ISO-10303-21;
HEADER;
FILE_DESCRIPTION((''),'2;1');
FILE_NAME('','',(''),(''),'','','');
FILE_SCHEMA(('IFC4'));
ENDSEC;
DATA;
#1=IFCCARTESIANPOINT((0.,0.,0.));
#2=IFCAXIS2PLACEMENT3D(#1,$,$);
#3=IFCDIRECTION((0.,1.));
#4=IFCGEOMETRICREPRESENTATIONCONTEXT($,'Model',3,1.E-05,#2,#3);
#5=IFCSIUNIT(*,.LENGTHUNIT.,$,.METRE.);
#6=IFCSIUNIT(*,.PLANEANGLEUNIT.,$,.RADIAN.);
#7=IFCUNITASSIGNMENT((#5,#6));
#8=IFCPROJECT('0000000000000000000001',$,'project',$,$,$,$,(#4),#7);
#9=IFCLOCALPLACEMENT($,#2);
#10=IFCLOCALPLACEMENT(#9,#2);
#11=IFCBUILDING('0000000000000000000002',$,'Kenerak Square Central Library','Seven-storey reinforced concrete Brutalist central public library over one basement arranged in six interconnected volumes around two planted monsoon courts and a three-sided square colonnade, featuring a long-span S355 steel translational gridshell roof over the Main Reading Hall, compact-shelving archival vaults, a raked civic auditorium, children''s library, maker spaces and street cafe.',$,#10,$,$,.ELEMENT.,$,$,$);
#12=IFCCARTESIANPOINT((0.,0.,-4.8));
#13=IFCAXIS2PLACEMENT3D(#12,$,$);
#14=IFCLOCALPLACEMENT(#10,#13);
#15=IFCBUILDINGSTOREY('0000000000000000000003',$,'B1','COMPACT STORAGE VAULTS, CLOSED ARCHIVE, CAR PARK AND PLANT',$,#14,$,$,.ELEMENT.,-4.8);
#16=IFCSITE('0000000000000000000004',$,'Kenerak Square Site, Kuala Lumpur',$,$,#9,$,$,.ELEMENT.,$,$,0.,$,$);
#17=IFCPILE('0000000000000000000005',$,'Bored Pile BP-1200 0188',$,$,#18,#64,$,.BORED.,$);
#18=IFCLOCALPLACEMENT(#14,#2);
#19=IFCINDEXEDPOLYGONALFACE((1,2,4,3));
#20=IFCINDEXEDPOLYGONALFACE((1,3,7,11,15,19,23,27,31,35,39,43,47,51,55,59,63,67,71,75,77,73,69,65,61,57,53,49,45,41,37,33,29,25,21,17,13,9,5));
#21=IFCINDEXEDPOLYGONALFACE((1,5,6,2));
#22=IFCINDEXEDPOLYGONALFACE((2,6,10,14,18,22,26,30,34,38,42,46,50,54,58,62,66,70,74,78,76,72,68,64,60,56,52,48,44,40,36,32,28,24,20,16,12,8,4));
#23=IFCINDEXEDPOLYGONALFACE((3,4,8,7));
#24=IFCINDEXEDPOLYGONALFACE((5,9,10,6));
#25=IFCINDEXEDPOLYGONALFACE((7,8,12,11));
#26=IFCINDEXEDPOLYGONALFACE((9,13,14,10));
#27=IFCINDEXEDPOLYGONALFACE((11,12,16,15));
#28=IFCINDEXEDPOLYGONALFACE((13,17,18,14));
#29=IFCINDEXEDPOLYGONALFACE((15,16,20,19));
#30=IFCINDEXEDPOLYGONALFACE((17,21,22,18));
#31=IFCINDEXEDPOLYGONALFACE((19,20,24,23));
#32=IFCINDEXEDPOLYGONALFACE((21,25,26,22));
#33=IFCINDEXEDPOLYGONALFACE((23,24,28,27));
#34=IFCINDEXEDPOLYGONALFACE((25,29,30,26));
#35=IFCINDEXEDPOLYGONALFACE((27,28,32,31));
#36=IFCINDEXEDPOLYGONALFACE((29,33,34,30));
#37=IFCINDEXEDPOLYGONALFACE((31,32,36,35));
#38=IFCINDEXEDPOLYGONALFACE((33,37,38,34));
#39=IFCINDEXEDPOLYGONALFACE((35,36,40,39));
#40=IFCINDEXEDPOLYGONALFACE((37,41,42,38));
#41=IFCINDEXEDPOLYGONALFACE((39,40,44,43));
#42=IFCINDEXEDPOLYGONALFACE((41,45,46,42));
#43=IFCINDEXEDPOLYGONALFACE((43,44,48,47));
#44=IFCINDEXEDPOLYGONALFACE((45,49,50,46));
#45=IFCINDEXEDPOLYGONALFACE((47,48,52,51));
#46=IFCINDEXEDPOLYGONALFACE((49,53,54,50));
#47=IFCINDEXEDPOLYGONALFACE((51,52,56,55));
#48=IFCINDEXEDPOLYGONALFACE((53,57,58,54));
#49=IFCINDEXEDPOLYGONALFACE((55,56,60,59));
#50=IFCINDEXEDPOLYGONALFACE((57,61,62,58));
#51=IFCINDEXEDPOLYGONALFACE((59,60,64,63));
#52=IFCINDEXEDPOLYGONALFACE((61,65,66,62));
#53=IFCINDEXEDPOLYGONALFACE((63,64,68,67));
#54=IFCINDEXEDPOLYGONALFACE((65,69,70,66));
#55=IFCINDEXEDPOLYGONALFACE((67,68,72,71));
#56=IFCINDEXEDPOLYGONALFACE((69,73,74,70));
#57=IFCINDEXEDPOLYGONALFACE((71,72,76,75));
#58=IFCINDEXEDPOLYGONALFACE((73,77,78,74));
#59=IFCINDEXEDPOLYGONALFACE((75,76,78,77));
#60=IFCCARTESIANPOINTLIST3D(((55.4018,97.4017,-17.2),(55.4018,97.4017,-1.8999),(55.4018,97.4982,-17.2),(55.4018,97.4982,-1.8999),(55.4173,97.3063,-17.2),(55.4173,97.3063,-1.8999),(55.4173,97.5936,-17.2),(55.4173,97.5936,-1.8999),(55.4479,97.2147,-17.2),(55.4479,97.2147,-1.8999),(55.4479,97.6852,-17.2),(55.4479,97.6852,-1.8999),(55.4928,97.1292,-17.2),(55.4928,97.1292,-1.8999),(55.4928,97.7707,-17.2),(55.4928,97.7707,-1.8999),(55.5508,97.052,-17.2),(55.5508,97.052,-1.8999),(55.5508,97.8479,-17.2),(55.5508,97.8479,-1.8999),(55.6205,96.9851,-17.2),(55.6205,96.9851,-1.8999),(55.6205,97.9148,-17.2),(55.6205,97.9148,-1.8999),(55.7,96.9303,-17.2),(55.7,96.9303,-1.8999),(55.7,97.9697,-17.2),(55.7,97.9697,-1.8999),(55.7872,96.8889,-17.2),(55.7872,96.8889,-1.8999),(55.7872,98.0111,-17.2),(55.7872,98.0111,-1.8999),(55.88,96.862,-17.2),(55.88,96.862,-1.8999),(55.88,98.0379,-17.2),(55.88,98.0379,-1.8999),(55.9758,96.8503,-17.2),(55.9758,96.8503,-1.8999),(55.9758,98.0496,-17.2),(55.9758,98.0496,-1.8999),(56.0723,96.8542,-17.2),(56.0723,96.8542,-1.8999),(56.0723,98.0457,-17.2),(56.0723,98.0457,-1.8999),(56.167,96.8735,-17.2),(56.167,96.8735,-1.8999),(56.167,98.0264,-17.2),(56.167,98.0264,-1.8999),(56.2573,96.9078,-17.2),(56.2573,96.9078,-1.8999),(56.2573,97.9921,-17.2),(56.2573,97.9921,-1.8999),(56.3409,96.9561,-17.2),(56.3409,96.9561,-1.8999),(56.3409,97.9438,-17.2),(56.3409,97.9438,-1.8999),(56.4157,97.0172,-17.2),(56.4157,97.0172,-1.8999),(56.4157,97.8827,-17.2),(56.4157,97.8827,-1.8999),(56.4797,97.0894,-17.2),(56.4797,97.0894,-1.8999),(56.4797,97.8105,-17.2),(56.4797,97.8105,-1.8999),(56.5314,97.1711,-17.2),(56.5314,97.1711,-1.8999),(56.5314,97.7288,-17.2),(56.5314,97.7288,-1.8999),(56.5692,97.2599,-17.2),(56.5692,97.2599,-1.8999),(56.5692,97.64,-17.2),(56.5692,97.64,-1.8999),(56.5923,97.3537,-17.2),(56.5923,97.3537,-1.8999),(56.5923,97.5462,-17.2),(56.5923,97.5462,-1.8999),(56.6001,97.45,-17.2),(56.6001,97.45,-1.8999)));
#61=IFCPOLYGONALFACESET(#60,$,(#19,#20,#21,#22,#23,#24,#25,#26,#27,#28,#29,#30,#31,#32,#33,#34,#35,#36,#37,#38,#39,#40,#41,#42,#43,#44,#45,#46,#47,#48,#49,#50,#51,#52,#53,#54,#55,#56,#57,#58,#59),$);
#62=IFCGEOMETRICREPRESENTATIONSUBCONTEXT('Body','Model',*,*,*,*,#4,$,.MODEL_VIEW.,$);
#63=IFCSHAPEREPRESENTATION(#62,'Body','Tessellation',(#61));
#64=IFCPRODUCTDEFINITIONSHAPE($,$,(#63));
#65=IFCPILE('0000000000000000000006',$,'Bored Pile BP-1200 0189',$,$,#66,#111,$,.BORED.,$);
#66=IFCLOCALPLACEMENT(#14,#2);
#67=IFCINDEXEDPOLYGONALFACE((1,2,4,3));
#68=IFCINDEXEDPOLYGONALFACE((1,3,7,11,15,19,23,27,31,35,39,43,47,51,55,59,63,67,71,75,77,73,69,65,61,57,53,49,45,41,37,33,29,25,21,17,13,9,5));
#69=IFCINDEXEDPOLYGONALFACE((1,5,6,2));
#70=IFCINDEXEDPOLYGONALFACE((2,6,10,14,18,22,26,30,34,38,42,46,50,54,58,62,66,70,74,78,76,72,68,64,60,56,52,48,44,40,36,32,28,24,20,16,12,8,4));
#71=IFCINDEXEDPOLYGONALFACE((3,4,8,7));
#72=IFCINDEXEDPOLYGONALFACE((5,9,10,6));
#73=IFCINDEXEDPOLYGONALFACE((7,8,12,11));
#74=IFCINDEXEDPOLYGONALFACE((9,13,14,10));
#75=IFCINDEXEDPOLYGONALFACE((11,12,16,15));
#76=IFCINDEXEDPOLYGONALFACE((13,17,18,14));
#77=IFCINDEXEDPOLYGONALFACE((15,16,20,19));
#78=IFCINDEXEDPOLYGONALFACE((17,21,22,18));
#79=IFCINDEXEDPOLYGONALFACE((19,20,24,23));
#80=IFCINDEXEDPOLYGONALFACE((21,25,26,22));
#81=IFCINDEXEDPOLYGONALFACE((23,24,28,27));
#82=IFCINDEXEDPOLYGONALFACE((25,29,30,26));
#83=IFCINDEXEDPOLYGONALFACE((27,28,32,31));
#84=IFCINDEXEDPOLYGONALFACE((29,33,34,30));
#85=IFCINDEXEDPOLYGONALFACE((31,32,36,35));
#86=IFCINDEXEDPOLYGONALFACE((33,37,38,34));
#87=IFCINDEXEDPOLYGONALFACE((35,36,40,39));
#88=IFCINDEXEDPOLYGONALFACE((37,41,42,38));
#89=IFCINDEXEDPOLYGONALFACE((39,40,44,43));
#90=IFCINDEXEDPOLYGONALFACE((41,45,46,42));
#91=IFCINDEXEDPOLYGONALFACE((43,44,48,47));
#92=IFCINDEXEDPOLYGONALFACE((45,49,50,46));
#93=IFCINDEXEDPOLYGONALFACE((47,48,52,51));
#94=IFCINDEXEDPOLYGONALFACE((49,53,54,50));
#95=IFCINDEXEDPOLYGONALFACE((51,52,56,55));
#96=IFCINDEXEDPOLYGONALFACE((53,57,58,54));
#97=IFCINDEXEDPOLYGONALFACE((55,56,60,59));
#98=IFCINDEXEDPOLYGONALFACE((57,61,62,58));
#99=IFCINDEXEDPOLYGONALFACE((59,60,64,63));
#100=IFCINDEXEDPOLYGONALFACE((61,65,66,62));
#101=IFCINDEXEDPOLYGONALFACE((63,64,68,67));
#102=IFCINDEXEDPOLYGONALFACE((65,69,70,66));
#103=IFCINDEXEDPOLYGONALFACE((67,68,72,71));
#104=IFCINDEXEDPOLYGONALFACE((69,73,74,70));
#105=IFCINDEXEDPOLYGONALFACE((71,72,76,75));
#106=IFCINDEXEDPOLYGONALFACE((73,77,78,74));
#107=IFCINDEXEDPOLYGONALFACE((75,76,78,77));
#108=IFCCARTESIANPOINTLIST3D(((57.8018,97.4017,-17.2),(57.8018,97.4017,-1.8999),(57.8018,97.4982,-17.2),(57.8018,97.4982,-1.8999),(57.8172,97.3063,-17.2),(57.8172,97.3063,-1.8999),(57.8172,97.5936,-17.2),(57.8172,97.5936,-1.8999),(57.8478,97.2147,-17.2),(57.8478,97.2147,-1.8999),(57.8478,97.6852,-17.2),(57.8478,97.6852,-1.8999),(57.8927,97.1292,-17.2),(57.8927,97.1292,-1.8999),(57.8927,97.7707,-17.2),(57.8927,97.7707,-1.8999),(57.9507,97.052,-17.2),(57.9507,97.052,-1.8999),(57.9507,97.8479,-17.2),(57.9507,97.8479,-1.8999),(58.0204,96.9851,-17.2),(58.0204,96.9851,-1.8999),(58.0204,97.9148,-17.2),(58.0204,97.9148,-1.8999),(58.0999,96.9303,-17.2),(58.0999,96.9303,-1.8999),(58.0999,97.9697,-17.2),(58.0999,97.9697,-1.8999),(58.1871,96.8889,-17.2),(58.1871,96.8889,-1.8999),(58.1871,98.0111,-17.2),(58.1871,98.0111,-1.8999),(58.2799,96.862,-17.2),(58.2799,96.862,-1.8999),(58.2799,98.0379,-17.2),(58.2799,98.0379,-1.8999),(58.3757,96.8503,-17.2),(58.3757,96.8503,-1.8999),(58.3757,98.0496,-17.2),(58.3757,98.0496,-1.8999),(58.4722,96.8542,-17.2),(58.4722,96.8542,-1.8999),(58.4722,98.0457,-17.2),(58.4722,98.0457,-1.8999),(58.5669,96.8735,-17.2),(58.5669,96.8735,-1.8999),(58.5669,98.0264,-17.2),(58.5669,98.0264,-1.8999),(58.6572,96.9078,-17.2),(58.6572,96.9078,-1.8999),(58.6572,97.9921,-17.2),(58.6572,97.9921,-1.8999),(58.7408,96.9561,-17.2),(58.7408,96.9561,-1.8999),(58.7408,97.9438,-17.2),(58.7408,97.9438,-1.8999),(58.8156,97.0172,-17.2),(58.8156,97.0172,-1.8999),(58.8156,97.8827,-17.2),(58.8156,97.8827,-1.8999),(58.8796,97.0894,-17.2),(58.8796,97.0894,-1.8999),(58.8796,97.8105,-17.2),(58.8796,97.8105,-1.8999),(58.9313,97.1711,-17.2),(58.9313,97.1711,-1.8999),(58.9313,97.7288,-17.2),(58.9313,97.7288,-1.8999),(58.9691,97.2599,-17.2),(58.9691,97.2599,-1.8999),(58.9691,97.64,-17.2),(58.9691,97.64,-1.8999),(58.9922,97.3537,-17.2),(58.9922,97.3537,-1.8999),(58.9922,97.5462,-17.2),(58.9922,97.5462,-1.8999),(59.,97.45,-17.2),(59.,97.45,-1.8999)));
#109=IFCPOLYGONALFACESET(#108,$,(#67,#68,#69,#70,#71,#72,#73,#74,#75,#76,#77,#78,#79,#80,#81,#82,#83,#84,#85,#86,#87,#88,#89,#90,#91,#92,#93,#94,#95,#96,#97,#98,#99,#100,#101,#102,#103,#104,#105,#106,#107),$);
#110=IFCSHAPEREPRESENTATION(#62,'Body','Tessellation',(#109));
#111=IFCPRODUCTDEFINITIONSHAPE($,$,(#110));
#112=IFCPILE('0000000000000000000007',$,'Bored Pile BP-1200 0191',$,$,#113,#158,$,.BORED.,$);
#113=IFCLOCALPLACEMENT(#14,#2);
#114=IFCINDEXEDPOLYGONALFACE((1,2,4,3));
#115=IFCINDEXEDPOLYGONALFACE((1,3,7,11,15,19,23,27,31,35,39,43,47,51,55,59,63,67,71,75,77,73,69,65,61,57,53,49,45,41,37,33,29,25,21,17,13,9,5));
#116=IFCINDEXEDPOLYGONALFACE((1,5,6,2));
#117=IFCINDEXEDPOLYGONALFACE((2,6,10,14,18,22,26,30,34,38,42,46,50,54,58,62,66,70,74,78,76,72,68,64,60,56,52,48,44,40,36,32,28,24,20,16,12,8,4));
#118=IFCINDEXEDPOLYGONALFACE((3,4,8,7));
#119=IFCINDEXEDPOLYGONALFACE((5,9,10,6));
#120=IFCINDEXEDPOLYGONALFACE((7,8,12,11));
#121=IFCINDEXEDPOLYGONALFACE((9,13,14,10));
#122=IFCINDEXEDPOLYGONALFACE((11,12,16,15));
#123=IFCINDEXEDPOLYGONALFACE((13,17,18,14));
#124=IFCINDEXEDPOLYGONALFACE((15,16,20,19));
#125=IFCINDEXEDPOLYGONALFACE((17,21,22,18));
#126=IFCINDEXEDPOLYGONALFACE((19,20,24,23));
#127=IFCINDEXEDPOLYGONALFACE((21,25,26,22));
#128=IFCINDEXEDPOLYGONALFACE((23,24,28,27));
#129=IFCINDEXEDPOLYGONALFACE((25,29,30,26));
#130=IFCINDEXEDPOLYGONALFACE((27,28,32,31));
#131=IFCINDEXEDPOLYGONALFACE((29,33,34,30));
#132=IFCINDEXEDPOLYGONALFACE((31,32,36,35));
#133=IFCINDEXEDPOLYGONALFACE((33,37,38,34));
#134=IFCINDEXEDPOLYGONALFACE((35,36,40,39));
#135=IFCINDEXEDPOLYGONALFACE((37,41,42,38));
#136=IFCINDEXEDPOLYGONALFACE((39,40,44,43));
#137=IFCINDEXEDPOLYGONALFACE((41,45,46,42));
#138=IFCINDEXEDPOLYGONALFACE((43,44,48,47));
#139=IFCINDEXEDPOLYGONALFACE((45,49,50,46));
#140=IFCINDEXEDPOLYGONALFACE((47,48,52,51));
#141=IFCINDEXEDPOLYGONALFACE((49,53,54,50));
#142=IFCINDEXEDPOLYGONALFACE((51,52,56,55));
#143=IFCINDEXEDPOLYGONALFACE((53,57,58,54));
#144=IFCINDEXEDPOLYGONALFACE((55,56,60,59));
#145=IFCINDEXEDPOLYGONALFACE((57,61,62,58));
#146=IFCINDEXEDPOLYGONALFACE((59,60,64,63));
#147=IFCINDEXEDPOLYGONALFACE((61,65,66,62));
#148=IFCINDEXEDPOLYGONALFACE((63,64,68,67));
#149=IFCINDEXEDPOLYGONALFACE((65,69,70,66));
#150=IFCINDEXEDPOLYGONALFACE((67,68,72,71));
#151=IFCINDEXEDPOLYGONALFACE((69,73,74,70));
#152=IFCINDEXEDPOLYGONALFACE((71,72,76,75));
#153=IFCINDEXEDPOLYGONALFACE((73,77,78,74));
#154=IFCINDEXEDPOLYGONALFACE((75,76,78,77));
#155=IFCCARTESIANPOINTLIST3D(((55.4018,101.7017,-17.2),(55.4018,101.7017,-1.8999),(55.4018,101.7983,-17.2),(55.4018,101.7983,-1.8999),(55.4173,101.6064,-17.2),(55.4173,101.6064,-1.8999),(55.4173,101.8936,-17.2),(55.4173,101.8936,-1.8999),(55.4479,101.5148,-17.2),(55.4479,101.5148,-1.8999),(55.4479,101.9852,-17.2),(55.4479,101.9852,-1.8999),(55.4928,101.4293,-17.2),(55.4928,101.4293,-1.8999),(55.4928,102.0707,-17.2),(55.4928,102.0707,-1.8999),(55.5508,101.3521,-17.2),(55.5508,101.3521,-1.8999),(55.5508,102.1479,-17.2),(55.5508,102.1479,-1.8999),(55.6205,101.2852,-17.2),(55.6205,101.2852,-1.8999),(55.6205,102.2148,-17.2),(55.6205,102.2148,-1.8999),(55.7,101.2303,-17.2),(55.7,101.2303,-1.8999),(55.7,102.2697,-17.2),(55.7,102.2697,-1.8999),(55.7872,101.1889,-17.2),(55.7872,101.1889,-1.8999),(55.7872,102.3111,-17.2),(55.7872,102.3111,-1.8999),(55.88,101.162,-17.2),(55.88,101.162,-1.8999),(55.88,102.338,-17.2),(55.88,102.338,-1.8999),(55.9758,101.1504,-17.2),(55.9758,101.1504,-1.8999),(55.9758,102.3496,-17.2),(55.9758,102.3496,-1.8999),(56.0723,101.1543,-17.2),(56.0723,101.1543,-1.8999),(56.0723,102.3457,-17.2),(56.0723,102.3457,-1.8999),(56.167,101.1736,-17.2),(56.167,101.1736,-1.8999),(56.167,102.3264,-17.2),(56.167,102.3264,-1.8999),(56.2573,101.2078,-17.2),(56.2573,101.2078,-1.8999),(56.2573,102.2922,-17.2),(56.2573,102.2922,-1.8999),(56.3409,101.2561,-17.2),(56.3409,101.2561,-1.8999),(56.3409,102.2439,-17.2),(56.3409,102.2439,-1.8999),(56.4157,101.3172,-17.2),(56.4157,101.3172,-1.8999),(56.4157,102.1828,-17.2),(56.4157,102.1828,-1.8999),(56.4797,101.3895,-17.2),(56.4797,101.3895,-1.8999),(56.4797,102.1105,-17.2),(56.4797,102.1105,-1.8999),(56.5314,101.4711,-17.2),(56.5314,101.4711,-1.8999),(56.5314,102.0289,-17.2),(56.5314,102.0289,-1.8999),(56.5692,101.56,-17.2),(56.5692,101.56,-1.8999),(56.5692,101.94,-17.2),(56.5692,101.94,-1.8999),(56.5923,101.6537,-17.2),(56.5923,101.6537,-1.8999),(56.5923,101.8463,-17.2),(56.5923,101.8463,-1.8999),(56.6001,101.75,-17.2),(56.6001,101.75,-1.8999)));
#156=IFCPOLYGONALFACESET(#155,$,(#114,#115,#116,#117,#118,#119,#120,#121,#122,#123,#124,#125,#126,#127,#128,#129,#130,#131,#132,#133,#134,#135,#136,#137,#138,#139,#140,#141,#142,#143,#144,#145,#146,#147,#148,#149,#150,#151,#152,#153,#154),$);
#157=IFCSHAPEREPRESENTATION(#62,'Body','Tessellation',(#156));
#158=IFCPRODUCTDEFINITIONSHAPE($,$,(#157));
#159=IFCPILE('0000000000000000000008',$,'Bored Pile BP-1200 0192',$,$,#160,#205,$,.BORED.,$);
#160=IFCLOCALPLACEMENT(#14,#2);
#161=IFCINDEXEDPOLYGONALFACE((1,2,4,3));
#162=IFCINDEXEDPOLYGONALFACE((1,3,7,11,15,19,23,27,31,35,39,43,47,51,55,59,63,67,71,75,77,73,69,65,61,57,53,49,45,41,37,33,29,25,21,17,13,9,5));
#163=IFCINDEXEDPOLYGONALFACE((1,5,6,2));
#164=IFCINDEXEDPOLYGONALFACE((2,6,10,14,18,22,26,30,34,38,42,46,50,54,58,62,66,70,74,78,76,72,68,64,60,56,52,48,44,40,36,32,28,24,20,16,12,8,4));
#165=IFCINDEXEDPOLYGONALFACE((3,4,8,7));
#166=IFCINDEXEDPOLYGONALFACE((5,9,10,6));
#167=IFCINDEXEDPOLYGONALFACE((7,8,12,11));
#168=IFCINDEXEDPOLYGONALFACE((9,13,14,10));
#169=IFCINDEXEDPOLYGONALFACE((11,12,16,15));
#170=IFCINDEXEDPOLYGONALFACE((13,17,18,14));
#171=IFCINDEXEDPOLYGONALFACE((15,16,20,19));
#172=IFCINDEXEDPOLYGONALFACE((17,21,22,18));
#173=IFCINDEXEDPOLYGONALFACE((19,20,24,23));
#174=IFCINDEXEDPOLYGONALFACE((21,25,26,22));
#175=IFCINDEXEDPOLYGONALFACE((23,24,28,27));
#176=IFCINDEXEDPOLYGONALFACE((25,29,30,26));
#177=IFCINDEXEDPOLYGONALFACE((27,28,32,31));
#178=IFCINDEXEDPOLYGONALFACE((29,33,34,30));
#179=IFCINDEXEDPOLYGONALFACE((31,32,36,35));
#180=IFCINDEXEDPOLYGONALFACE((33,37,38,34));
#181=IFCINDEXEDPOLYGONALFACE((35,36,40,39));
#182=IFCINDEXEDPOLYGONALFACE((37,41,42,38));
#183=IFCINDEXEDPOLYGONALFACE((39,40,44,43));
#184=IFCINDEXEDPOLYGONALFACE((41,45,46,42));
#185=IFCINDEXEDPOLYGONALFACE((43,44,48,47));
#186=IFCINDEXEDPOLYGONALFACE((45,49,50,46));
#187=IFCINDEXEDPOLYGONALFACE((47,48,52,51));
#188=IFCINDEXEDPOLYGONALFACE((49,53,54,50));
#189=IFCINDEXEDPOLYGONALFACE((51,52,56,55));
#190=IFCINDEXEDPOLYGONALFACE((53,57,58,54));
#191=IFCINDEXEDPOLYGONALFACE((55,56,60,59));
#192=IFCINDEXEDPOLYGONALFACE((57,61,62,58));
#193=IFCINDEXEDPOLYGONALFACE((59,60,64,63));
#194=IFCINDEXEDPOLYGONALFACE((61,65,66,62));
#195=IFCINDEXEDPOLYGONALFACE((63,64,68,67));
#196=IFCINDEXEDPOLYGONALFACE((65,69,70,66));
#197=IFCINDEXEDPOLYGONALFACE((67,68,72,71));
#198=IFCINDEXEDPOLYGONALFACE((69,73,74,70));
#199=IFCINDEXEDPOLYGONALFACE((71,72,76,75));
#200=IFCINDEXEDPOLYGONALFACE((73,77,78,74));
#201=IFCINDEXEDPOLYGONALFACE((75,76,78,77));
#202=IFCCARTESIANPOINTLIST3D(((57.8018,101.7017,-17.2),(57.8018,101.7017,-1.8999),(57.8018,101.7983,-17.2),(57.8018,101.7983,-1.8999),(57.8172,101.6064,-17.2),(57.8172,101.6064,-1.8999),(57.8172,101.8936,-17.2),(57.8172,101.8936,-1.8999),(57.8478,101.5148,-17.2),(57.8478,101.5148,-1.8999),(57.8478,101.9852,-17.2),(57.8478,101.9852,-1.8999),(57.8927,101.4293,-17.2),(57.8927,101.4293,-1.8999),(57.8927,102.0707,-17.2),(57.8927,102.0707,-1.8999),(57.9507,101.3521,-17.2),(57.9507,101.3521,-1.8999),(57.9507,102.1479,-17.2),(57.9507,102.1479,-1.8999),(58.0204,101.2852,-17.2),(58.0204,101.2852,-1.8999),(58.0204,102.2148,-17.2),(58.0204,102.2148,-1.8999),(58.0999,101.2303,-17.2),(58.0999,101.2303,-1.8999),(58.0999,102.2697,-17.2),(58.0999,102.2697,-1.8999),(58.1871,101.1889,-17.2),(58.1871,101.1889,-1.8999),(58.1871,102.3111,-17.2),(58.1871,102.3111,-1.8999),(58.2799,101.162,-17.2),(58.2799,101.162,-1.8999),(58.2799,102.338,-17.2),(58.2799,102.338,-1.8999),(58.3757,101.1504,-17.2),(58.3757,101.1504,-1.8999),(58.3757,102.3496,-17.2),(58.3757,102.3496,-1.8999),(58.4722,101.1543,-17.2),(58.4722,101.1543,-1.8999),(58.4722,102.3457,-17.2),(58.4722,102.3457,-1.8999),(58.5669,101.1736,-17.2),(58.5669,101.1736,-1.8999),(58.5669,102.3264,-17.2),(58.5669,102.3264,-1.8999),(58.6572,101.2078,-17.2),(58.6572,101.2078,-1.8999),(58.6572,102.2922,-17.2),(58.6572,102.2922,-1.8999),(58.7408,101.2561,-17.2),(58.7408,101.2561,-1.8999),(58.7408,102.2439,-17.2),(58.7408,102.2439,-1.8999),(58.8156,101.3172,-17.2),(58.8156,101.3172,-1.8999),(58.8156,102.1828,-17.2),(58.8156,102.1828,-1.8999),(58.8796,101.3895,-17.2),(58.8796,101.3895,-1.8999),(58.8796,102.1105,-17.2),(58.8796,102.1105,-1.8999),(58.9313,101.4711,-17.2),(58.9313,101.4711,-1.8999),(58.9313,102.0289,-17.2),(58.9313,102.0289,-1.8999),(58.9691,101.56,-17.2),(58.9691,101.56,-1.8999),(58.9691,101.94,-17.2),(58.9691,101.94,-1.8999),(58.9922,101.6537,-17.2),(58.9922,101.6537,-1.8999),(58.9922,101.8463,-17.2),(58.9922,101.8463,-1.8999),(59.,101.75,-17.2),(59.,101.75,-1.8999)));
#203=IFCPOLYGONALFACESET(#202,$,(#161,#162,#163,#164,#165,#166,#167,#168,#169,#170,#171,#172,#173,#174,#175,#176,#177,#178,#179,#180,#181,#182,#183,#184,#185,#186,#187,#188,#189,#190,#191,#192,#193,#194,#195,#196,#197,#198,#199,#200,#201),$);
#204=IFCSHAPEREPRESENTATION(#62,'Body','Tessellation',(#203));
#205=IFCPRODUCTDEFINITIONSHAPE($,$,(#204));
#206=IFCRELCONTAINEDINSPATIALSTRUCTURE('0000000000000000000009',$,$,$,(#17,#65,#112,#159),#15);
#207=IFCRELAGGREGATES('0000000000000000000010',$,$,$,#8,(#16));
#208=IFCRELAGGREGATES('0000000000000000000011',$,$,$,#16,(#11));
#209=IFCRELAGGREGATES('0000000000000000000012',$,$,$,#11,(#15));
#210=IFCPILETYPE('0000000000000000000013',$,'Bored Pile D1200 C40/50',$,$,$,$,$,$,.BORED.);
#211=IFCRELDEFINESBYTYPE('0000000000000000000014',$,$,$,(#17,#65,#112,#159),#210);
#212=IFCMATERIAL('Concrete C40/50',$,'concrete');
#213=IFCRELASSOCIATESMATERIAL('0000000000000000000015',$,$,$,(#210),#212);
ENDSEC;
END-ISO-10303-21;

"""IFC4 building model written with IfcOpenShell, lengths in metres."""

from ifc_helpers import new_model, si_unit, direction, frame, origin, origin_2d, place, context, subcontext, project, spatial, circle, extrude, material, material_profile, profile_set, type_object, element, save


model = new_model("IFC4")

# Units and contexts
model_context = context("Model", 3, precision=1e-05, world=origin(), true_north=direction((0.0, 1.0)))
body_context = subcontext(model_context, "Body", "Model", "MODEL_VIEW")
ifc_project = project(units=[si_unit("LENGTHUNIT", "METRE"), si_unit("PLANEANGLEUNIT", "RADIAN")], contexts=[model_context])

# Site, building, storey
site_placement = place(None, origin())
site = spatial("IfcSite", under=ifc_project, at=site_placement, Name="Kenerak Square Site, Kuala Lumpur", CompositionType="ELEMENT", RefElevation=0.0)
building_placement = place(site_placement, origin())
building = spatial("IfcBuilding", under=site, at=building_placement, Name="Kenerak Square Central Library", Description="Seven-storey reinforced concrete Brutalist central public library over one basement arranged in six interconnected volumes around two planted monsoon courts and a three-sided square colonnade, featuring a long-span S355 steel translational gridshell roof over the Main Reading Hall, compact-shelving archival vaults, a raked civic auditorium, children's library, maker spaces and street cafe.", CompositionType="ELEMENT")
storey_placement = place(building_placement, frame((0.0, 0.0, -4.8)))
storey = spatial("IfcBuildingStorey", under=building, at=storey_placement, Name="B1", Description="COMPACT STORAGE VAULTS, CLOSED ARCHIVE, CAR PARK AND PLANT", CompositionType="ELEMENT", Elevation=-4.8)

# Piles
ifc_material_1 = material(Name="Concrete C40/50", Category="concrete")
ifc_material_profile_1 = material_profile(ifc_material_1, circle(Radius=0.6001, at=origin_2d()), Name="BP D1200")
ifc_profile_set_1 = profile_set([ifc_material_profile_1], Name="Concrete C40/50")
pile_type = type_object("IfcPileType", Name="Bored Pile D1200 C40/50", PredefinedType="BORED", material=ifc_profile_set_1)
for number, where, z_axis, x_axis, name in (
    (1, (56.0, 97.45, -1.8999), (0.0, 0.0, -1.0), (1.0, 0.0, 0.0), "Bored Pile BP-1200 0188"),
    (2, (58.3999, 97.45, -1.8999), (0.0, 0.0, -1.0), (1.0, 0.0, 0.0), "Bored Pile BP-1200 0189"),
    (3, (56.0, 101.75, -1.8999), (0.0, 0.0, -1.0), (1.0, 0.0, 0.0), "Bored Pile BP-1200 0191"),
    (4, (58.3999, 101.75, -1.8999), (0.0, 0.0, -1.0), (1.0, 0.0, 0.0), "Bored Pile BP-1200 0192"),
):
    element("IfcPile", number, at=place(storey_placement, frame(where, z_axis=z_axis, x_axis=x_axis)), inside=storey, type_object=pile_type, Name=name, PredefinedType="BORED", context=body_context, shape_type="SweptSolid", body=[
        extrude(circle(Radius=0.6001, at=origin_2d()), origin(), (0.0, 0.0, 1.0), 15.3),
    ])

save(model, "model.ifc")
